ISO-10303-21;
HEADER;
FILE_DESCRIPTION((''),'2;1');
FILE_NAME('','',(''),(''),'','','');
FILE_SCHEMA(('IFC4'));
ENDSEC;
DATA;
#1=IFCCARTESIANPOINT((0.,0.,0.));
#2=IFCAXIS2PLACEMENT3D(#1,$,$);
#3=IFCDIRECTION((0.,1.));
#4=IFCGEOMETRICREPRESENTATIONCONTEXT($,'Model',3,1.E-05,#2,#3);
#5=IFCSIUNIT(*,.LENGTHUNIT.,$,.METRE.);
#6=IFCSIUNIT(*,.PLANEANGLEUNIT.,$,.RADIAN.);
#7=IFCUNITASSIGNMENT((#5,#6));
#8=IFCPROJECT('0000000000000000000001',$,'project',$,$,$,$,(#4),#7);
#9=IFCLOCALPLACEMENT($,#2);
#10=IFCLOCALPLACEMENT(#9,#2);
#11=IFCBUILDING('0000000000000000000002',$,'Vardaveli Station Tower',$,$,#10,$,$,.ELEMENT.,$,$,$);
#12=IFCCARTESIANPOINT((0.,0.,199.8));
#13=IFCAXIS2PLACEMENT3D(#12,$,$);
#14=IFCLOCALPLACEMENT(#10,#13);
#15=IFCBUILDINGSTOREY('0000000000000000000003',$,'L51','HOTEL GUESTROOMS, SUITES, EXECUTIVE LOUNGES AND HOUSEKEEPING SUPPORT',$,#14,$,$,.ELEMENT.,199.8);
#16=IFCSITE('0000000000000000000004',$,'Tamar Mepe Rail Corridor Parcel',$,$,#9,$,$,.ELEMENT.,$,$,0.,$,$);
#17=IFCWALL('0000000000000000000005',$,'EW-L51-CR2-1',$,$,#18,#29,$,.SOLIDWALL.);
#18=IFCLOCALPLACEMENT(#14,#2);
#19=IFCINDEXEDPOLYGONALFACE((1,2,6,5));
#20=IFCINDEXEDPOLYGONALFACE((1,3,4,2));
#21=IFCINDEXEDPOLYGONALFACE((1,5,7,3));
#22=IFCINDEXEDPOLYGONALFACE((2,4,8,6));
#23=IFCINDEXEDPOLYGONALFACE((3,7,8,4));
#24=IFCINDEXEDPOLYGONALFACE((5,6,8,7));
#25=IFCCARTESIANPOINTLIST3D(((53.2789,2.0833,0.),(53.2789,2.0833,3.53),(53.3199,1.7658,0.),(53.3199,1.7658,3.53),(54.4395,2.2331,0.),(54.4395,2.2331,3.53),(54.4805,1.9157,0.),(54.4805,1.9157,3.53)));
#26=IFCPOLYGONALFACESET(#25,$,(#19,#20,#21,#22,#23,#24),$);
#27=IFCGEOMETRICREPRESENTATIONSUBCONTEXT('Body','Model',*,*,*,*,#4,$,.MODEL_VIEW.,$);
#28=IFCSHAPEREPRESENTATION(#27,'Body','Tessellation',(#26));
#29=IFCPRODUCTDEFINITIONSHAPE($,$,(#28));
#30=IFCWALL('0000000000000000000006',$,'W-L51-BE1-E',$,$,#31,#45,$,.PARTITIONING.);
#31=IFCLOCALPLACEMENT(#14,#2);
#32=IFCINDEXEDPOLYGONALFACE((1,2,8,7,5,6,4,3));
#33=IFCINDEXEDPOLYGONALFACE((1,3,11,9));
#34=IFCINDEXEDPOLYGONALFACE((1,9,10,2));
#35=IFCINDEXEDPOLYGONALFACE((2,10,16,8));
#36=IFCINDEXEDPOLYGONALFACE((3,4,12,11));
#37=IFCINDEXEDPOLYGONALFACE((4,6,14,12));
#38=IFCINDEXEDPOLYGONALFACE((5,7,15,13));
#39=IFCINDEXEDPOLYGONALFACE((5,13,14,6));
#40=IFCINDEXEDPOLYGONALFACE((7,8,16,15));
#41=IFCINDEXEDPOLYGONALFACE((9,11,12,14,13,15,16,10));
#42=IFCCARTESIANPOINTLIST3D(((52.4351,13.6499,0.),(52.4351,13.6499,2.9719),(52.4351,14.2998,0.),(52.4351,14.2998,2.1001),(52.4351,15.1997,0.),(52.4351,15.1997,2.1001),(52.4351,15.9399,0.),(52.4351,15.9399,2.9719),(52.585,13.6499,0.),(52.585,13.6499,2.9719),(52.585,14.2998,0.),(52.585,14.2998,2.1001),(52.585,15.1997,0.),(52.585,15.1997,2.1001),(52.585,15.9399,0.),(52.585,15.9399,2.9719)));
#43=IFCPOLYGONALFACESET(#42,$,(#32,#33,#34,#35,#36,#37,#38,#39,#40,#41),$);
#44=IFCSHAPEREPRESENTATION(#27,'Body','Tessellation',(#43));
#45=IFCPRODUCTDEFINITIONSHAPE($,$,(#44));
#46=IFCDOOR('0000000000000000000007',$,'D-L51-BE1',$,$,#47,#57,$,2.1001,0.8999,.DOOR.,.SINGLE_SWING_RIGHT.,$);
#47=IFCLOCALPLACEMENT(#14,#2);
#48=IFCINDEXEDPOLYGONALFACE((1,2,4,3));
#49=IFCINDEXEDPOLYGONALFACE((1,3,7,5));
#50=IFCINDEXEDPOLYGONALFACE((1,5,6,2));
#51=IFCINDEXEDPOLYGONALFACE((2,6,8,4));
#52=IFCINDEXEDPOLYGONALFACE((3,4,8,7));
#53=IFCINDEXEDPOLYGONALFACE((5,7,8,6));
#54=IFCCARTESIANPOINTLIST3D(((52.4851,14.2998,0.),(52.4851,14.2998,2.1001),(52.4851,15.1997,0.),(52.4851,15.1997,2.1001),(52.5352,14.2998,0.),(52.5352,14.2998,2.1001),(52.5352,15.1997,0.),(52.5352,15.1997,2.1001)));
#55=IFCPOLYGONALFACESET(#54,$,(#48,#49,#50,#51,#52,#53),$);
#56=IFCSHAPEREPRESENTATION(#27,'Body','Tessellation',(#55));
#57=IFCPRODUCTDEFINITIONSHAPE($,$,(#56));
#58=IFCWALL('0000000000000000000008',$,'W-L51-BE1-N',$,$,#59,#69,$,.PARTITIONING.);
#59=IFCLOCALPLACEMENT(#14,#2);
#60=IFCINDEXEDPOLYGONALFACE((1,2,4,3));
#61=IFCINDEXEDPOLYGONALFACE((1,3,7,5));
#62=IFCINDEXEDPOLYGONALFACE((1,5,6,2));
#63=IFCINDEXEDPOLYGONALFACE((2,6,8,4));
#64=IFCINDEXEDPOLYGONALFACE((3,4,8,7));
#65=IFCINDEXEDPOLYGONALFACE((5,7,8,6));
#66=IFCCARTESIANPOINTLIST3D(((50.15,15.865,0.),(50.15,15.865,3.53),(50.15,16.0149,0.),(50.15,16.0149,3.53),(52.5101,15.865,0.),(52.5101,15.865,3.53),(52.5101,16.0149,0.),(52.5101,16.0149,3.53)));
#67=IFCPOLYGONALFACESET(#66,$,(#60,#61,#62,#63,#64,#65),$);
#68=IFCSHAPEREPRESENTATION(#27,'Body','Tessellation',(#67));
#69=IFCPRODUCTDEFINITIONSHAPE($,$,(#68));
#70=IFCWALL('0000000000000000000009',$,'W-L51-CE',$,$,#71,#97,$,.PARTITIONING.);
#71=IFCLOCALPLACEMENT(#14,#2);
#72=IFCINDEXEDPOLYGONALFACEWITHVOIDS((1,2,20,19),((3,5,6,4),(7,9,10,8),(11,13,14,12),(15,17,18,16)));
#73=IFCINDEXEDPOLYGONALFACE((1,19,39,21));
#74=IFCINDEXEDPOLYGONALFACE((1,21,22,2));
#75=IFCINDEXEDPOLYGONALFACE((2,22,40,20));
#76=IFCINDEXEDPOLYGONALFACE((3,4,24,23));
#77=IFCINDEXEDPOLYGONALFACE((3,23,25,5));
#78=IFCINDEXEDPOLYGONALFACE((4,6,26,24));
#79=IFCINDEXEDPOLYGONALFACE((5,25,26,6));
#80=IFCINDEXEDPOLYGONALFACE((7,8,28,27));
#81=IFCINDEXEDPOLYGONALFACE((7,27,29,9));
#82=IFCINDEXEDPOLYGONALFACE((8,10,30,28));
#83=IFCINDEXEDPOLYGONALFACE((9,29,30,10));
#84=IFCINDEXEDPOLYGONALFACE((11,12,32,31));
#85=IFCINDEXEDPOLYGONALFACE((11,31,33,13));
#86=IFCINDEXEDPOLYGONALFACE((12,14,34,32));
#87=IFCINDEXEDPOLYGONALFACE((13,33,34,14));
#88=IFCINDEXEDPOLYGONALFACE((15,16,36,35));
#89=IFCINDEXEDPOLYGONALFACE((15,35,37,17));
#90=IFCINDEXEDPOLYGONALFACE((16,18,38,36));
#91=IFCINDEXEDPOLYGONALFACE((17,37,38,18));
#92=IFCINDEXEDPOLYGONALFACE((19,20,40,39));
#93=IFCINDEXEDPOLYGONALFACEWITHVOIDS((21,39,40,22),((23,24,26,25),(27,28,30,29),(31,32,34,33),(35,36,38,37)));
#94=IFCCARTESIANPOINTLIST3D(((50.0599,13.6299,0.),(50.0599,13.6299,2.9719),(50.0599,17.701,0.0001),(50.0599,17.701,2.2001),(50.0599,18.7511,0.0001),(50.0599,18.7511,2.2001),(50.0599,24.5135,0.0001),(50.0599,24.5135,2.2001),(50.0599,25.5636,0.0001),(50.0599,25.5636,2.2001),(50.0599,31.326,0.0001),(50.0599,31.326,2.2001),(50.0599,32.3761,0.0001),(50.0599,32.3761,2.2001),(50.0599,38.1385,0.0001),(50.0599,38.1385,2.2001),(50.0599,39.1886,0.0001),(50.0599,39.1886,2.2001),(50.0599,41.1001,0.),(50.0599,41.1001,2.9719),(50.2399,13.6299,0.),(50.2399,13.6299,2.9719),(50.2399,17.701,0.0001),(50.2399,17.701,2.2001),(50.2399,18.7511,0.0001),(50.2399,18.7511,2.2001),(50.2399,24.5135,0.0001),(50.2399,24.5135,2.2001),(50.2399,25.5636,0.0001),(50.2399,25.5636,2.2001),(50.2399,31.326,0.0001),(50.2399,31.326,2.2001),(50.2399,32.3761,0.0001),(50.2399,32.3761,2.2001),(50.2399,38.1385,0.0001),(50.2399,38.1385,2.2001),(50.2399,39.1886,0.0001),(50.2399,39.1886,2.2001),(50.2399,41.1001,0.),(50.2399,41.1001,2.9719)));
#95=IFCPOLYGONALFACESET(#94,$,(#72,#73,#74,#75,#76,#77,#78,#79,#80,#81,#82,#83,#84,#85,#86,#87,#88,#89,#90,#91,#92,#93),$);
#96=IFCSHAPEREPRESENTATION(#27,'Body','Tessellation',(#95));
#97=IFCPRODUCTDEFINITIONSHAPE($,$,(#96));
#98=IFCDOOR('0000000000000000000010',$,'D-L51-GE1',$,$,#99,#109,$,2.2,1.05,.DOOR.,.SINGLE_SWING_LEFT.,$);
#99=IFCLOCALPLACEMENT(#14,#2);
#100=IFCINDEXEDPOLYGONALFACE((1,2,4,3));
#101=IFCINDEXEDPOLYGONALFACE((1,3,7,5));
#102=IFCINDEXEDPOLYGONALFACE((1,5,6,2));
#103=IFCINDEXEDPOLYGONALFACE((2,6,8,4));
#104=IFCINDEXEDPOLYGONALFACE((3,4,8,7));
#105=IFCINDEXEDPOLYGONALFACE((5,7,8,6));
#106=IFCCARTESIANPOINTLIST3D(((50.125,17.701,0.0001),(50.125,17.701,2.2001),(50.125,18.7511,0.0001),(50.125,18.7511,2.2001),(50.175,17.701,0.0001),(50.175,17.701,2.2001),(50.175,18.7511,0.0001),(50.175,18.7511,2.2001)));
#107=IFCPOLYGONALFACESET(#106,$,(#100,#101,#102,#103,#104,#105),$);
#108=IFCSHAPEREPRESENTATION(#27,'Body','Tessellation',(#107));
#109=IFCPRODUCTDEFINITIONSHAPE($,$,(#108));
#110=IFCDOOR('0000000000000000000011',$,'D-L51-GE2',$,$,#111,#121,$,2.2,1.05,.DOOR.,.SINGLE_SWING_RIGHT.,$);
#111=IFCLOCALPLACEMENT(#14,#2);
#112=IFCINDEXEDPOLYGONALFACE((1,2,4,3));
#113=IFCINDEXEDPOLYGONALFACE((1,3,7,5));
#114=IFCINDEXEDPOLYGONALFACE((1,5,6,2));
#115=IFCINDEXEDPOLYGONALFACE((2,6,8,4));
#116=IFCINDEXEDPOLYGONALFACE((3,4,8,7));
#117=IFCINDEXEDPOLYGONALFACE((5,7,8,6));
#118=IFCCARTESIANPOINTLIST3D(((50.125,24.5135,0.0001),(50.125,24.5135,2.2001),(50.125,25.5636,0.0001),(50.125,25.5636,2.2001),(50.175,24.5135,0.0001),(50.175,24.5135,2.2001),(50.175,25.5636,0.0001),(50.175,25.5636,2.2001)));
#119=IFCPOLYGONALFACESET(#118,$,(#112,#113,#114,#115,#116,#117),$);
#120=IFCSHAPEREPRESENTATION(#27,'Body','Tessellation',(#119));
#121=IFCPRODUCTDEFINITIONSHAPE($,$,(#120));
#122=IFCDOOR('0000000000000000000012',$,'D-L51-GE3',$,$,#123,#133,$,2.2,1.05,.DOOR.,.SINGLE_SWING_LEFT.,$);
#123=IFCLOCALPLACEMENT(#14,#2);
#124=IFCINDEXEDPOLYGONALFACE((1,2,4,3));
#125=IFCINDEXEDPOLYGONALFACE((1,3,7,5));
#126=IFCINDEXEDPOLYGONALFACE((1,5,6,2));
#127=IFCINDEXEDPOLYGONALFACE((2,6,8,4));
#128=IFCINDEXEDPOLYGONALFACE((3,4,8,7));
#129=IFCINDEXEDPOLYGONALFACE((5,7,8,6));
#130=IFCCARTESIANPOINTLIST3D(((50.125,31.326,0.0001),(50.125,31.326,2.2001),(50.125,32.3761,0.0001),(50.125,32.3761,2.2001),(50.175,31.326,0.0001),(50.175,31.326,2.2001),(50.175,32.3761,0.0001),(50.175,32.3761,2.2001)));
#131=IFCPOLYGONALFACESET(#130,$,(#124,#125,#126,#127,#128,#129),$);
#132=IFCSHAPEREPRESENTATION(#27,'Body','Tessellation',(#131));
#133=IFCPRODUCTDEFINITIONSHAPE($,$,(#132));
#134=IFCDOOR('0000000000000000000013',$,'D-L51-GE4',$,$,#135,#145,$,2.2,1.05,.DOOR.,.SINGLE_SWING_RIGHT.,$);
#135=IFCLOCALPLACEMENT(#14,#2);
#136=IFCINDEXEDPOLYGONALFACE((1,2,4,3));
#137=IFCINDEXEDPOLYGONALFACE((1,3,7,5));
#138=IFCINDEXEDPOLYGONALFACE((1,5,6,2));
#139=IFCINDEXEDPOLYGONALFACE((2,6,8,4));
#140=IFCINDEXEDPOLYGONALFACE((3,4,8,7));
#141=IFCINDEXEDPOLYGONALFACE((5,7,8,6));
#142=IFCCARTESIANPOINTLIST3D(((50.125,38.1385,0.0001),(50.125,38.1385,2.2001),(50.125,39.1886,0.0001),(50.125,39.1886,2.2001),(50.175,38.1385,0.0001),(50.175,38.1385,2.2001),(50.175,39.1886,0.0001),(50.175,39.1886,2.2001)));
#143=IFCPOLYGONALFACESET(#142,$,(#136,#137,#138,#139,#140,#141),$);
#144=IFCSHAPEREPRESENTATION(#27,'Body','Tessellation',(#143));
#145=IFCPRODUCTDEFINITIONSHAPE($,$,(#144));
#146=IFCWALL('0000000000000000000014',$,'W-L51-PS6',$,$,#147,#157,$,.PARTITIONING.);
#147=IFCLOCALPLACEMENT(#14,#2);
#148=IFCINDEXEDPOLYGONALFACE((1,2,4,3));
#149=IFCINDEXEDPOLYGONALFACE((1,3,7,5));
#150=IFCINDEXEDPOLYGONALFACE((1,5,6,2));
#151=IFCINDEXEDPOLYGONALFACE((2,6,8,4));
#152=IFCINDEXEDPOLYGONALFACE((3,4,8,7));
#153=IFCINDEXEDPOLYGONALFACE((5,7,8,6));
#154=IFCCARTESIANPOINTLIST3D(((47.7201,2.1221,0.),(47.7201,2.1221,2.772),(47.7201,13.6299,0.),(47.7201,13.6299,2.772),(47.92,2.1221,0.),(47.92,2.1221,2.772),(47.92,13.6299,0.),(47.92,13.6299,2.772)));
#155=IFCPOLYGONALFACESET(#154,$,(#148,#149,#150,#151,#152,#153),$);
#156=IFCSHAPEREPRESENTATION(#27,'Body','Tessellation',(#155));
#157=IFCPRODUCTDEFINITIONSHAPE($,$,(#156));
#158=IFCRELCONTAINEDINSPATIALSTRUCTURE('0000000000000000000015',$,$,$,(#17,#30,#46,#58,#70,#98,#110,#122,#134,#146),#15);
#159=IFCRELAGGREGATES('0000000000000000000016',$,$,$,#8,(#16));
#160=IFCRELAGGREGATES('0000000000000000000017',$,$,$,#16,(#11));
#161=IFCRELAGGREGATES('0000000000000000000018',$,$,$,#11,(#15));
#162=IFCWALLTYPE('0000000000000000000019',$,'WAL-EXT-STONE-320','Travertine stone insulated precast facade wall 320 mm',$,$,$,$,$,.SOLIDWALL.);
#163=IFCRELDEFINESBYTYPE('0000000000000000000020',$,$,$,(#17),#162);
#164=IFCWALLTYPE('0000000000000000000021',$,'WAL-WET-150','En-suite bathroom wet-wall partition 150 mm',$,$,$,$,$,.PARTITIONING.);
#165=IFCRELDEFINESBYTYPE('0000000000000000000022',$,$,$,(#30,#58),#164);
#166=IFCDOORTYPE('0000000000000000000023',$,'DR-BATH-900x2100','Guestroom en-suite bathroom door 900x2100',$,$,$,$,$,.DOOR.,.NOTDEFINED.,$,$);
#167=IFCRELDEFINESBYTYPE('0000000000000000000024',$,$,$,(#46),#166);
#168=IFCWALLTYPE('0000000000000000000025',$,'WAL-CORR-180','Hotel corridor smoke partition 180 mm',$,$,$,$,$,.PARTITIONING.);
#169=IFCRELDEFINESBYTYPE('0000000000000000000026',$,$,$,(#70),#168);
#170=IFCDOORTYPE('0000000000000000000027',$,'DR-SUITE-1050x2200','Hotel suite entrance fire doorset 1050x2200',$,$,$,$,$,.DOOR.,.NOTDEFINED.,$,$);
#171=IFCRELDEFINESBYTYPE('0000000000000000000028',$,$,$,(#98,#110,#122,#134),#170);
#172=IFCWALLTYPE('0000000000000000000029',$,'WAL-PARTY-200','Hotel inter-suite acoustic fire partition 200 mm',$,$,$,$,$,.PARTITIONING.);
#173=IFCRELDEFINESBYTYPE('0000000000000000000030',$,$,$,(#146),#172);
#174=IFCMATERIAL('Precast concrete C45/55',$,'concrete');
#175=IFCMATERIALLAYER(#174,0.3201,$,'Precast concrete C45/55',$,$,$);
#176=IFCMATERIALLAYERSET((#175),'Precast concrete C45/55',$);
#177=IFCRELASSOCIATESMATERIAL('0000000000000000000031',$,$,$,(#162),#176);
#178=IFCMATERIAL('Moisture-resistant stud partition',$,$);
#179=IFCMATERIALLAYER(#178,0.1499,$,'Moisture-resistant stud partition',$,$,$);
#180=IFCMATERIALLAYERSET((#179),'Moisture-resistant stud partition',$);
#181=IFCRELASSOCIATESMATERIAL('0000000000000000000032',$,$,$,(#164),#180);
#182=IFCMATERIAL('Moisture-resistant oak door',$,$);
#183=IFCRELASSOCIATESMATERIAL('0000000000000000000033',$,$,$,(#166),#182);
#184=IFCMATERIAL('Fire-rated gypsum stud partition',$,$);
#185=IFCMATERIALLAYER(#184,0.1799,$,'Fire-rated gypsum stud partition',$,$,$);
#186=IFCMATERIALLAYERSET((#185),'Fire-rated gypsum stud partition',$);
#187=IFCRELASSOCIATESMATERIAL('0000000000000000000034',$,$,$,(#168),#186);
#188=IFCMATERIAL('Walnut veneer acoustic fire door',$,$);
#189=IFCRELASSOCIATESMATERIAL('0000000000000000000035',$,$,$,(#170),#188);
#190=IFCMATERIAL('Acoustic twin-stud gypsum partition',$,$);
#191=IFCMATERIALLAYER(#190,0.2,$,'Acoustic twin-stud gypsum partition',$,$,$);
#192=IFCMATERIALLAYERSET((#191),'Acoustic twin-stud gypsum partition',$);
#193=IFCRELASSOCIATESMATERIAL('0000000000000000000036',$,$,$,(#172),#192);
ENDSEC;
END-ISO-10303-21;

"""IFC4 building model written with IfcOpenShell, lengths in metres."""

from ifc_helpers import new_model, si_unit, direction, frame, frame_2d, origin, place, context, subcontext, project, spatial, rectangle, extrude, source, transform, mapped, material, layer, layer_set, type_object, element, fill, save


model = new_model("IFC4")

# Units and contexts
model_context = context("Model", 3, precision=1e-05, world=origin(), true_north=direction((0.0, 1.0)))
body_context = subcontext(model_context, "Body", "Model", "MODEL_VIEW")
ifc_project = project(units=[si_unit("LENGTHUNIT", "METRE"), si_unit("PLANEANGLEUNIT", "RADIAN")], contexts=[model_context])

# Site, building, storey
site_placement = place(None, origin())
site = spatial("IfcSite", under=ifc_project, at=site_placement, Name="Tamar Mepe Rail Corridor Parcel", CompositionType="ELEMENT", RefElevation=0.0)
building_placement = place(site_placement, origin())
building = spatial("IfcBuilding", under=site, at=building_placement, Name="Vardaveli Station Tower", CompositionType="ELEMENT")
storey_placement = place(building_placement, frame((0.0, 0.0, 199.8)))
storey = spatial("IfcBuildingStorey", under=building, at=storey_placement, Name="L51", Description="HOTEL GUESTROOMS, SUITES, EXECUTIVE LOUNGES AND HOUSEKEEPING SUPPORT", CompositionType="ELEMENT", Elevation=199.8)

# Shared definitions
ifc_material_1 = material(Name="Precast concrete C45/55", Category="concrete")

# Shared definitions
ifc_layer_1 = layer(ifc_material_1, 0.3201, Name="Precast concrete C45/55")
ifc_layer_set_1 = layer_set([ifc_layer_1], Name="Precast concrete C45/55")
wall_type_1 = type_object("IfcWallType", Name="WAL-EXT-STONE-320", Description="Travertine stone insulated precast facade wall 320 mm", PredefinedType="SOLIDWALL", material=ifc_layer_set_1)

# Wall
shared_shape_1 = source(origin(), body_context, "Body", "SweptSolid", [
    extrude(rectangle(XDim=1.1702, YDim=0.3201, at=frame_2d((0.585, 0.0))), origin(), (0.0, 0.0, 1.0), 3.53),
])
wall_1_placement = place(storey_placement, frame((53.2996, 1.9246, 0.0), z_axis=(0.0, 0.0, 1.0), x_axis=(0.991762, 0.12809, 0.0)))
element("IfcWall", 1, at=wall_1_placement, inside=storey, type_object=wall_type_1, Name="EW-L51-CR2-1", PredefinedType="SOLIDWALL", context=body_context, shape_type="MappedRepresentation", body=[
    mapped(shared_shape_1, transform((0.0, 0.0, 0.0), scale=1.0)),
])

# Wall, opening, door
ifc_material_2 = material(Name="Moisture-resistant stud partition")
ifc_layer_2 = layer(ifc_material_2, 0.1499, Name="Moisture-resistant stud partition")
ifc_layer_set_2 = layer_set([ifc_layer_2], Name="Moisture-resistant stud partition")
wall_type_2 = type_object("IfcWallType", Name="WAL-WET-150", Description="En-suite bathroom wet-wall partition 150 mm", PredefinedType="PARTITIONING", material=ifc_layer_set_2)
shared_shape_2 = source(origin(), body_context, "Body", "SweptSolid", [
    extrude(rectangle(XDim=2.29, YDim=0.1499, at=frame_2d((1.145, 0.0))), origin(), (0.0, 0.0, 1.0), 2.9719),
])
wall_2_placement = place(storey_placement, frame((52.51, 13.6499, 0.0), z_axis=(0.0, 0.0, 1.0), x_axis=(0.0, 1.0, 0.0)))
wall_2 = element("IfcWall", 2, at=wall_2_placement, inside=storey, type_object=wall_type_2, Name="W-L51-BE1-E", PredefinedType="PARTITIONING", context=body_context, shape_type="MappedRepresentation", body=[
    mapped(shared_shape_2, transform((0.0, 0.0, 0.0), scale=1.0)),
])
shared_shape_3 = source(origin(), body_context, "Body", "SweptSolid", [
    extrude(rectangle(XDim=0.8999, YDim=2.1001, at=frame_2d((0.45, 1.05))), frame((0.0, 0.085, 0.0), z_axis=(0.0, -1.0, 0.0), x_axis=(1.0, 0.0, 0.0)), (0.0, 0.0, 1.0), 0.1699),
])
opening_1_placement = place(wall_2_placement, frame((0.6499, 0.0, 0.0)))
opening_1 = element("IfcOpeningElement", 3, at=opening_1_placement, cuts=wall_2, PredefinedType="OPENING", context=body_context, shape_type="MappedRepresentation", body=[
    mapped(shared_shape_3, transform((0.0, 0.0, 0.0), scale=1.0)),
])
ifc_material_3 = material(Name="Moisture-resistant oak door")
door_type_1 = type_object("IfcDoorType", Name="DR-BATH-900x2100", Description="Guestroom en-suite bathroom door 900x2100", OperationType="NOTDEFINED", PredefinedType="DOOR", material=ifc_material_3)
shared_shape_4 = source(origin(), body_context, "Body", "SweptSolid", [
    extrude(rectangle(XDim=0.8999, YDim=2.1001, at=frame_2d((0.45, 1.05))), frame((0.0, 0.0249, 0.0), z_axis=(0.0, -1.0, 0.0), x_axis=(1.0, 0.0, 0.0)), (0.0, 0.0, 1.0), 0.05),
])
door_1_placement = place(opening_1_placement, origin())
door_1 = element("IfcDoor", 4, at=door_1_placement, inside=storey, type_object=door_type_1, Name="D-L51-BE1", OperationType="SINGLE_SWING_RIGHT", OverallHeight=2.1001, OverallWidth=0.8999, PredefinedType="DOOR", context=body_context, shape_type="MappedRepresentation", body=[
    mapped(shared_shape_4, transform((0.0, 0.0, 0.0), scale=1.0)),
])
fill(opening_1, door_1)

# Wall
shared_shape_5 = source(origin(), body_context, "Body", "SweptSolid", [
    extrude(rectangle(XDim=2.3601, YDim=0.1499, at=frame_2d((1.1802, 0.0))), origin(), (0.0, 0.0, 1.0), 3.53),
])
wall_3_placement = place(storey_placement, frame((50.1499, 15.9399, 0.0), z_axis=(0.0, 0.0, 1.0), x_axis=(1.0, 0.0, 0.0)))
element("IfcWall", 5, at=wall_3_placement, inside=storey, type_object=wall_type_2, Name="W-L51-BE1-N", PredefinedType="PARTITIONING", context=body_context, shape_type="MappedRepresentation", body=[
    mapped(shared_shape_5, transform((0.0, 0.0, 0.0), scale=1.0)),
])

# Wall, openings, doors
ifc_material_4 = material(Name="Fire-rated gypsum stud partition")
ifc_layer_3 = layer(ifc_material_4, 0.1799, Name="Fire-rated gypsum stud partition")
ifc_layer_set_3 = layer_set([ifc_layer_3], Name="Fire-rated gypsum stud partition")
wall_type_3 = type_object("IfcWallType", Name="WAL-CORR-180", Description="Hotel corridor smoke partition 180 mm", PredefinedType="PARTITIONING", material=ifc_layer_set_3)
shared_shape_6 = source(origin(), body_context, "Body", "SweptSolid", [
    extrude(rectangle(XDim=27.4702, YDim=0.1799, at=frame_2d((13.7351, 0.0))), origin(), (0.0, 0.0, 1.0), 2.9719),
])
wall_4_placement = place(storey_placement, frame((50.1499, 13.6299, 0.0), z_axis=(0.0, 0.0, 1.0), x_axis=(0.0, 1.0, 0.0)))
wall_4 = element("IfcWall", 6, at=wall_4_placement, inside=storey, type_object=wall_type_3, Name="W-L51-CE", PredefinedType="PARTITIONING", context=body_context, shape_type="MappedRepresentation", body=[
    mapped(shared_shape_6, transform((0.0, 0.0, 0.0), scale=1.0)),
])
shared_shape_7 = source(origin(), body_context, "Body", "SweptSolid", [
    extrude(rectangle(XDim=1.05, YDim=2.2, at=frame_2d((0.5249, 1.1001))), frame((0.0, 0.1001, 0.0), z_axis=(0.0, -1.0, 0.0), x_axis=(1.0, 0.0, 0.0)), (0.0, 0.0, 1.0), 0.2),
])
opening_2_placement = place(wall_4_placement, frame((4.0713, 0.0, 0.0)))
opening_2 = element("IfcOpeningElement", 7, at=opening_2_placement, cuts=wall_4, PredefinedType="OPENING", context=body_context, shape_type="MappedRepresentation", body=[
    mapped(shared_shape_7, transform((0.0, 0.0, 0.0), scale=1.0)),
])
opening_3_placement = place(wall_4_placement, frame((10.8838, 0.0, 0.0)))
opening_3 = element("IfcOpeningElement", 8, at=opening_3_placement, cuts=wall_4, PredefinedType="OPENING", context=body_context, shape_type="MappedRepresentation", body=[
    mapped(shared_shape_7, transform((0.0, 0.0, 0.0), scale=1.0)),
])
opening_4_placement = place(wall_4_placement, frame((17.6963, 0.0, 0.0)))
opening_4 = element("IfcOpeningElement", 9, at=opening_4_placement, cuts=wall_4, PredefinedType="OPENING", context=body_context, shape_type="MappedRepresentation", body=[
    mapped(shared_shape_7, transform((0.0, 0.0, 0.0), scale=1.0)),
])
opening_5_placement = place(wall_4_placement, frame((24.5088, 0.0, 0.0)))
opening_5 = element("IfcOpeningElement", 10, at=opening_5_placement, cuts=wall_4, PredefinedType="OPENING", context=body_context, shape_type="MappedRepresentation", body=[
    mapped(shared_shape_7, transform((0.0, 0.0, 0.0), scale=1.0)),
])
ifc_material_5 = material(Name="Walnut veneer acoustic fire door")
door_type_2 = type_object("IfcDoorType", Name="DR-SUITE-1050x2200", Description="Hotel suite entrance fire doorset 1050x2200", OperationType="NOTDEFINED", PredefinedType="DOOR", material=ifc_material_5)
shared_shape_8 = source(origin(), body_context, "Body", "SweptSolid", [
    extrude(rectangle(XDim=1.05, YDim=2.2, at=frame_2d((0.5249, 1.1001))), frame((0.0, 0.0249, 0.0), z_axis=(0.0, -1.0, 0.0), x_axis=(1.0, 0.0, 0.0)), (0.0, 0.0, 1.0), 0.05),
])
door_2_placement = place(opening_2_placement, origin())
door_2 = element("IfcDoor", 11, at=door_2_placement, inside=storey, type_object=door_type_2, Name="D-L51-GE1", OperationType="SINGLE_SWING_LEFT", OverallHeight=2.2, OverallWidth=1.05, PredefinedType="DOOR", context=body_context, shape_type="MappedRepresentation", body=[
    mapped(shared_shape_8, transform((0.0, 0.0, 0.0), scale=1.0)),
])
fill(opening_2, door_2)
door_3_placement = place(opening_3_placement, origin())
door_3 = element("IfcDoor", 12, at=door_3_placement, inside=storey, type_object=door_type_2, Name="D-L51-GE2", OperationType="SINGLE_SWING_RIGHT", OverallHeight=2.2, OverallWidth=1.05, PredefinedType="DOOR", context=body_context, shape_type="MappedRepresentation", body=[
    mapped(shared_shape_8, transform((0.0, 0.0, 0.0), scale=1.0)),
])
fill(opening_3, door_3)
door_4_placement = place(opening_4_placement, origin())
door_4 = element("IfcDoor", 13, at=door_4_placement, inside=storey, type_object=door_type_2, Name="D-L51-GE3", OperationType="SINGLE_SWING_LEFT", OverallHeight=2.2, OverallWidth=1.05, PredefinedType="DOOR", context=body_context, shape_type="MappedRepresentation", body=[
    mapped(shared_shape_8, transform((0.0, 0.0, 0.0), scale=1.0)),
])
fill(opening_4, door_4)
door_5_placement = place(opening_5_placement, origin())
door_5 = element("IfcDoor", 14, at=door_5_placement, inside=storey, type_object=door_type_2, Name="D-L51-GE4", OperationType="SINGLE_SWING_RIGHT", OverallHeight=2.2, OverallWidth=1.05, PredefinedType="DOOR", context=body_context, shape_type="MappedRepresentation", body=[
    mapped(shared_shape_8, transform((0.0, 0.0, 0.0), scale=1.0)),
])
fill(opening_5, door_5)

# Wall
ifc_material_6 = material(Name="Acoustic twin-stud gypsum partition")
ifc_layer_4 = layer(ifc_material_6, 0.2, Name="Acoustic twin-stud gypsum partition")
ifc_layer_set_4 = layer_set([ifc_layer_4], Name="Acoustic twin-stud gypsum partition")
wall_type_4 = type_object("IfcWallType", Name="WAL-PARTY-200", Description="Hotel inter-suite acoustic fire partition 200 mm", PredefinedType="PARTITIONING", material=ifc_layer_set_4)
shared_shape_9 = source(origin(), body_context, "Body", "SweptSolid", [
    extrude(rectangle(XDim=11.5078, YDim=0.2, at=frame_2d((5.7539, 0.0))), origin(), (0.0, 0.0, 1.0), 2.772),
])
wall_5_placement = place(storey_placement, frame((47.8201, 2.1221, 0.0), z_axis=(0.0, 0.0, 1.0), x_axis=(0.0, 1.0, 0.0)))
element("IfcWall", 15, at=wall_5_placement, inside=storey, type_object=wall_type_4, Name="W-L51-PS6", PredefinedType="PARTITIONING", context=body_context, shape_type="MappedRepresentation", body=[
    mapped(shared_shape_9, transform((0.0, 0.0, 0.0), scale=1.0)),
])

save(model, "model.ifc")
